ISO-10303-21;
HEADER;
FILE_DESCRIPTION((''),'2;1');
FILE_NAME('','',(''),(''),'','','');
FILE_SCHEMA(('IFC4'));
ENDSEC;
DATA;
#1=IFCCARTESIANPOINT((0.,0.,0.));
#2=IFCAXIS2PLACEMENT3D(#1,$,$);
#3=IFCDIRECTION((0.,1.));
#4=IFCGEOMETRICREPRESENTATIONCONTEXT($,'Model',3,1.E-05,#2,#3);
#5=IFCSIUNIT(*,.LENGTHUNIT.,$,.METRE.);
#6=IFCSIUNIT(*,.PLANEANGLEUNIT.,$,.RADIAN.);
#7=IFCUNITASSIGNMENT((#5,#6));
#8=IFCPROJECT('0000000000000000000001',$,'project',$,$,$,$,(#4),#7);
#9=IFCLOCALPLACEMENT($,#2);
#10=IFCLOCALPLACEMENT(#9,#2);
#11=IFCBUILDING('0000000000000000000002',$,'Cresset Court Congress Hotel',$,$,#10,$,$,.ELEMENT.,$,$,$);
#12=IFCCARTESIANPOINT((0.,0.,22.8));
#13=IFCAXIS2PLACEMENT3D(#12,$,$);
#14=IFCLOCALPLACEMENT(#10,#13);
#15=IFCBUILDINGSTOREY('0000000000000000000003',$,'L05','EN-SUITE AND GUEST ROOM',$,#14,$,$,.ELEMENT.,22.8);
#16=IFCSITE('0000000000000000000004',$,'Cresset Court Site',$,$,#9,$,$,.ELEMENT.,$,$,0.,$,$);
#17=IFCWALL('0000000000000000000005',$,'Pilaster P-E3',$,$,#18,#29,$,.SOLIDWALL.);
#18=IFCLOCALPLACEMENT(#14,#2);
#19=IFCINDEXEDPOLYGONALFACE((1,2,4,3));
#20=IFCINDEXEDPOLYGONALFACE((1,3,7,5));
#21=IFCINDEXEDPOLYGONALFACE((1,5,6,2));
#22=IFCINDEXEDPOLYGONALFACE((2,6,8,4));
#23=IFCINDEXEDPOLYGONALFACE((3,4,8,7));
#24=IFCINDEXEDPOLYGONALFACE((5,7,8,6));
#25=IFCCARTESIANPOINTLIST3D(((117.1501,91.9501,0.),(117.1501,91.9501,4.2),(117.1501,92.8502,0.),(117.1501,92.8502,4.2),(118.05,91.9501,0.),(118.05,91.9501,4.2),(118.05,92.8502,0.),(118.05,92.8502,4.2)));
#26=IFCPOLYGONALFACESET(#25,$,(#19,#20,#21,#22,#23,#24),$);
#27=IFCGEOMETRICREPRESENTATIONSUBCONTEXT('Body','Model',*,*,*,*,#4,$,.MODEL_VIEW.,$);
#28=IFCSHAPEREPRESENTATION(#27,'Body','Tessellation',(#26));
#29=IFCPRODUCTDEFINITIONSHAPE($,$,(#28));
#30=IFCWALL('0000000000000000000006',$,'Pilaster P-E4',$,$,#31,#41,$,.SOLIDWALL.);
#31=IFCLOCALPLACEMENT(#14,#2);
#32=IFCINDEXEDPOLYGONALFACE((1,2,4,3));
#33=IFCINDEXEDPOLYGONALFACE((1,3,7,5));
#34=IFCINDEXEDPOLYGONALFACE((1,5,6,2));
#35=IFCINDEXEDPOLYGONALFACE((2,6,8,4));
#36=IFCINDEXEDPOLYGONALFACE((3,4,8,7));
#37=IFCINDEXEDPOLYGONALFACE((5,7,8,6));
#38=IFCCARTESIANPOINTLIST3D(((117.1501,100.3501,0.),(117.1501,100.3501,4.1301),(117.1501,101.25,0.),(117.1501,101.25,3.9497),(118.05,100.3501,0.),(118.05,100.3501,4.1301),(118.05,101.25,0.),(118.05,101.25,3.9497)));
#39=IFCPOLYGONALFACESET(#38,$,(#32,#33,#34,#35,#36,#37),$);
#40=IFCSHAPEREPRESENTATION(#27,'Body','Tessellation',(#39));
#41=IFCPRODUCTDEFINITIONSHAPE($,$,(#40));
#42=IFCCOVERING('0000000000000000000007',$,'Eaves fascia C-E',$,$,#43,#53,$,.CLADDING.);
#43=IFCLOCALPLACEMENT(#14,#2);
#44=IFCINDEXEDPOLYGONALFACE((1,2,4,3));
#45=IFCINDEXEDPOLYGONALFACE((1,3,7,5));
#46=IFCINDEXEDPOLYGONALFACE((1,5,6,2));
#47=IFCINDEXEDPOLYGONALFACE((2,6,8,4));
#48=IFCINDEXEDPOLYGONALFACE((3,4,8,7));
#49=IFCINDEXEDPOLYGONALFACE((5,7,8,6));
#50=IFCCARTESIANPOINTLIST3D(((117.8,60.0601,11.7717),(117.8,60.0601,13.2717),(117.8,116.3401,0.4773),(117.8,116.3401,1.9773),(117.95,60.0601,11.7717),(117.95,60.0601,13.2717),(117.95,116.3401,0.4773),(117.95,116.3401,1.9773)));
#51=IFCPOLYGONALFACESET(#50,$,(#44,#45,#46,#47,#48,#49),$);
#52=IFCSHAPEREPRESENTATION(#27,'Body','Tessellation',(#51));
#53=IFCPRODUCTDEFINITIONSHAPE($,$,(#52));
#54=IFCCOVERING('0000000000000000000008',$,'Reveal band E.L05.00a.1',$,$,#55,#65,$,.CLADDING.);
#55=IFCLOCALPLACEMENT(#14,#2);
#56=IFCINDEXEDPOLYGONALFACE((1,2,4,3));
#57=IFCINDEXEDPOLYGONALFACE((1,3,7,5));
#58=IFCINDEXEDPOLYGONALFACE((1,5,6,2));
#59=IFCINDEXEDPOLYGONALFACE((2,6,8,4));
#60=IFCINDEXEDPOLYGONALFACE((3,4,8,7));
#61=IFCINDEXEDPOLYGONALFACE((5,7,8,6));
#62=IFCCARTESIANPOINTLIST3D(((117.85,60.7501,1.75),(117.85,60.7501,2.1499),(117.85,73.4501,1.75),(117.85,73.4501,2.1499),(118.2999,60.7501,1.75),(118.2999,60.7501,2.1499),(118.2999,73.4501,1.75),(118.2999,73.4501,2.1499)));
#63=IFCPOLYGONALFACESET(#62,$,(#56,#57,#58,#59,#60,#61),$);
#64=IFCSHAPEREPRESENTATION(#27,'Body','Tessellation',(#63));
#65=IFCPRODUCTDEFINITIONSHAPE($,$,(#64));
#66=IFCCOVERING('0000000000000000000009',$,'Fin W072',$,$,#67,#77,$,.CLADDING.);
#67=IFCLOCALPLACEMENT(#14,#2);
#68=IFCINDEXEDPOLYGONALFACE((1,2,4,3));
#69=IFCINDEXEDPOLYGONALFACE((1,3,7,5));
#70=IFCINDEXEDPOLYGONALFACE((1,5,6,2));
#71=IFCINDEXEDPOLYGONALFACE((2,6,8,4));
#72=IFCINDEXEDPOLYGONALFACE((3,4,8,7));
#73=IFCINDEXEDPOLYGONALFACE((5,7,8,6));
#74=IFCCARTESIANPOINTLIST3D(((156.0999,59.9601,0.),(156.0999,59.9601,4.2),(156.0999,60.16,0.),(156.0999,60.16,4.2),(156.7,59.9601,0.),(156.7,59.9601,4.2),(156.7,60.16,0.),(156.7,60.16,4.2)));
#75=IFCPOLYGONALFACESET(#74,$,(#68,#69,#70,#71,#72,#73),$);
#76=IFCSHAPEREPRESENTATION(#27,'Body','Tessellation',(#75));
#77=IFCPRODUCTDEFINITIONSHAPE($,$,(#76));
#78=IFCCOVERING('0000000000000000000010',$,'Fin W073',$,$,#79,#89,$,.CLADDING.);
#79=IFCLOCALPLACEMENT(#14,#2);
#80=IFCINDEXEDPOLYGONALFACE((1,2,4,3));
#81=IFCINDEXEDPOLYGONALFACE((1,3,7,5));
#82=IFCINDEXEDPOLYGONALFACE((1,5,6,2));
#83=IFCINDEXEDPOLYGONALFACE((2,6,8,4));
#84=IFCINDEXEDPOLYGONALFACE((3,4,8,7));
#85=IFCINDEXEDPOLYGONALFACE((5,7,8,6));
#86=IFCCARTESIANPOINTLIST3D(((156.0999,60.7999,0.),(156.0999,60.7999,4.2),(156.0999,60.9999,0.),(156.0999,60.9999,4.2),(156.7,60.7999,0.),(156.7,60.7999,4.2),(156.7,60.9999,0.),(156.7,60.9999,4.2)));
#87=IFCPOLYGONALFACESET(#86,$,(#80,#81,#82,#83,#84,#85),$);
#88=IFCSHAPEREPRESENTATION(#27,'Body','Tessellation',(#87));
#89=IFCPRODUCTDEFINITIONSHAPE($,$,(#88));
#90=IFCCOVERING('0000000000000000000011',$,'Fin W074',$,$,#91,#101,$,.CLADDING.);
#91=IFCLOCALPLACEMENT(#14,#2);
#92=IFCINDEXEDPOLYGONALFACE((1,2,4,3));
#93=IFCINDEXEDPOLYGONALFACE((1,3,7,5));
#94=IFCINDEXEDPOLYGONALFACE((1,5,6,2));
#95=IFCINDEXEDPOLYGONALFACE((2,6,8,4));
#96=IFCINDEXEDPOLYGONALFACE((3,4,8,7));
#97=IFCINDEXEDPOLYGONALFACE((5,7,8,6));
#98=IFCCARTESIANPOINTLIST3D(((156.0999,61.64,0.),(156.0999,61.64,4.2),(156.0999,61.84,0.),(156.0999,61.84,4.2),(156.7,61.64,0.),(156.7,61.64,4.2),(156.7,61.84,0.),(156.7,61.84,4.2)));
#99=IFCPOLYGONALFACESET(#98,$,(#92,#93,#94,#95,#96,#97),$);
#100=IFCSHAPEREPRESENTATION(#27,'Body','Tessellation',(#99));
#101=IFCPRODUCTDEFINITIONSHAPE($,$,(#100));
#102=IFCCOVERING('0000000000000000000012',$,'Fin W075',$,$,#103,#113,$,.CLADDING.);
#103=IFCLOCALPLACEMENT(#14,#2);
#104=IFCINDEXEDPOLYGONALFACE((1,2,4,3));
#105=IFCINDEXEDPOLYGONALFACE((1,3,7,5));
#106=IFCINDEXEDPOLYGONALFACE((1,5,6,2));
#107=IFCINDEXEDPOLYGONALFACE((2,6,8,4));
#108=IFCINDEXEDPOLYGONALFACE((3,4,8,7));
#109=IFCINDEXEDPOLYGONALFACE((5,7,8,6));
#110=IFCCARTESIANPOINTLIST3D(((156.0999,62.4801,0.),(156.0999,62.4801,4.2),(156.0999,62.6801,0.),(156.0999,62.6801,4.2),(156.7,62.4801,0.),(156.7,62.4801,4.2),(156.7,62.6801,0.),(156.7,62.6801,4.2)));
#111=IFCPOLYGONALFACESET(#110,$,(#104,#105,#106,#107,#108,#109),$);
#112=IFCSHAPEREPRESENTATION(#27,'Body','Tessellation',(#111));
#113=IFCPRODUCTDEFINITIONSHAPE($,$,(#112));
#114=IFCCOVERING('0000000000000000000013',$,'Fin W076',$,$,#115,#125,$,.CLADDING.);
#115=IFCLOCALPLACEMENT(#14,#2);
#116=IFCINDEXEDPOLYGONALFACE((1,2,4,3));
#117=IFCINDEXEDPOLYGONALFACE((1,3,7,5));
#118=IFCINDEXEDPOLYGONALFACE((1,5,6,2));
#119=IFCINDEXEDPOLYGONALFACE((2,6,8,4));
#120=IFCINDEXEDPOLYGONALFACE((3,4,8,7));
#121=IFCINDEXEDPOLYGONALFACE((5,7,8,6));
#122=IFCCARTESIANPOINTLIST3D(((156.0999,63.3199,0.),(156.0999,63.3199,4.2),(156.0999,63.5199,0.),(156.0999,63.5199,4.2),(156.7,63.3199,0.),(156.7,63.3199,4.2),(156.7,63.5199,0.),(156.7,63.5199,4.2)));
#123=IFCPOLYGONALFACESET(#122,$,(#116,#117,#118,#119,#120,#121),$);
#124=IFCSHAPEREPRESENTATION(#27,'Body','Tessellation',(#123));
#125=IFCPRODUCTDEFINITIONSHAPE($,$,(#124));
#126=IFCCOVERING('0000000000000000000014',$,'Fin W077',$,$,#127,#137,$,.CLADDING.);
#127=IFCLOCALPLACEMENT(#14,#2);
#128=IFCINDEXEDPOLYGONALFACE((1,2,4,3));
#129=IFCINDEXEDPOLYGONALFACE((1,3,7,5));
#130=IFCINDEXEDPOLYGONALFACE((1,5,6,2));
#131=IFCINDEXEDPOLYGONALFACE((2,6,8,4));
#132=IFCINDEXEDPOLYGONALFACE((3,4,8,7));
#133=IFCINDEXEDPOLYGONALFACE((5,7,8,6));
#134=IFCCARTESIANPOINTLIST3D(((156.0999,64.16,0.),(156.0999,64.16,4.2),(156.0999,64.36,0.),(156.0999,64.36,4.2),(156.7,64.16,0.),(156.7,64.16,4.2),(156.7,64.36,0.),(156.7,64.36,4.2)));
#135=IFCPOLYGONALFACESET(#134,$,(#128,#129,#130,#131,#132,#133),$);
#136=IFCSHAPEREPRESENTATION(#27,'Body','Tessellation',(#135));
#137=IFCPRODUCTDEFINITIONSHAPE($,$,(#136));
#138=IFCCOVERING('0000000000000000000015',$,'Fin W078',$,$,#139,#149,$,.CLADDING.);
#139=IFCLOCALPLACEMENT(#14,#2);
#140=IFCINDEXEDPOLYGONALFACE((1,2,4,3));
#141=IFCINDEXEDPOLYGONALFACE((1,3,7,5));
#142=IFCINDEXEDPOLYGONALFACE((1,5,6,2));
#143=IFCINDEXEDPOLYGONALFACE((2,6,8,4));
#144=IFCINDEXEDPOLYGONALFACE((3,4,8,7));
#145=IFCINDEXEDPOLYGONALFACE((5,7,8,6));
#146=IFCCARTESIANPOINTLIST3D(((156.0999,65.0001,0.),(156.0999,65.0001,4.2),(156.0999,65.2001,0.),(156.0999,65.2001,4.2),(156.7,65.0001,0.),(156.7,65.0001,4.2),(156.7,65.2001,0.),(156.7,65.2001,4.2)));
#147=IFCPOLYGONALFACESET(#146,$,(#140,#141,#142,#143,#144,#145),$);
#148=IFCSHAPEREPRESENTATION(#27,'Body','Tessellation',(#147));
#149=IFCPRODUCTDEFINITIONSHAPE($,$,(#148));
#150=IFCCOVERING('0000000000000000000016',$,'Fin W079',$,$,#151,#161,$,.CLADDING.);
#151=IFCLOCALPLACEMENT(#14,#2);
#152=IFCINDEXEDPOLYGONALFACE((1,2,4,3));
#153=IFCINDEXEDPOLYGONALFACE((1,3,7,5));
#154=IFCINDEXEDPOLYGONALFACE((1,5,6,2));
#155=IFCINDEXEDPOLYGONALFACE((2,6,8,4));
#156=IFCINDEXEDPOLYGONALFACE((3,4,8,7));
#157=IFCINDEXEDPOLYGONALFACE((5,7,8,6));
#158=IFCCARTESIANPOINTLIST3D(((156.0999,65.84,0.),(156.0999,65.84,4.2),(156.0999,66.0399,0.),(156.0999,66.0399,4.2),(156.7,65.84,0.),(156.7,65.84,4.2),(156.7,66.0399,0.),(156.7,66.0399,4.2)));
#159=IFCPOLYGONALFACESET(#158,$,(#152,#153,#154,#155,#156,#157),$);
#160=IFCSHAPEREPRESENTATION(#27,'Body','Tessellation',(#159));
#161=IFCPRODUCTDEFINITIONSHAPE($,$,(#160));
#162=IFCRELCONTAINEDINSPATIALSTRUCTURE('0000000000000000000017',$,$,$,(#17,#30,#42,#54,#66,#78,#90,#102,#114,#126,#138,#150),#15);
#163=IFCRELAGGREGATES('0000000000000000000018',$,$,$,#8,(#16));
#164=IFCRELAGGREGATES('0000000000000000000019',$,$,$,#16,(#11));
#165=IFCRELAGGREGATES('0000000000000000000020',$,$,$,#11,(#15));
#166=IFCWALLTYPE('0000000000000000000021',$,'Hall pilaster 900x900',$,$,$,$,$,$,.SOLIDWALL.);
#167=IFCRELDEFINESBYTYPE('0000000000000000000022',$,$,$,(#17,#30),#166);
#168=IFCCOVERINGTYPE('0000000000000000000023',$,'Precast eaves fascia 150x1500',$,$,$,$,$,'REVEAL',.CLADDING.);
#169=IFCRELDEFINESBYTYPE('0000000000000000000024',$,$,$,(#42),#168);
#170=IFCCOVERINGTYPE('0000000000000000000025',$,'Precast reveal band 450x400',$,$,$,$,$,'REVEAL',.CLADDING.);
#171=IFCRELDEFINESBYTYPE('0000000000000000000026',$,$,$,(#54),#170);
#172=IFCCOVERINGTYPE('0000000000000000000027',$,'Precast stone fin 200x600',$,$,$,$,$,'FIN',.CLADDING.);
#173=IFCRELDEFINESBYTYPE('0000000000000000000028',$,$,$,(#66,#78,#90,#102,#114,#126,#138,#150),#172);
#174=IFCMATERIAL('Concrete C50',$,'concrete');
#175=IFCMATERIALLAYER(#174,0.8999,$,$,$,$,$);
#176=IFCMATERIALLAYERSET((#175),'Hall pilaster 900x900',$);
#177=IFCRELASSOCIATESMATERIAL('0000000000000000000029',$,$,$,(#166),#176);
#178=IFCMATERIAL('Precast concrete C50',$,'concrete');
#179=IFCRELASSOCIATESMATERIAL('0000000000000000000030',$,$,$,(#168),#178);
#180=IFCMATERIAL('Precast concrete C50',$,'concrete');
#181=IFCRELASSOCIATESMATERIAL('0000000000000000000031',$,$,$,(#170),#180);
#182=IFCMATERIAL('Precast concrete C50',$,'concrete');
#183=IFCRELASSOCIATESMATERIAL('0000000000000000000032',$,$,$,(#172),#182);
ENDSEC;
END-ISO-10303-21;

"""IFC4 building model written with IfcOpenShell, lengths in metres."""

from ifc_helpers import new_model, si_unit, direction, frame, frame_2d, origin, origin_2d, place, context, subcontext, project, spatial, polyline, rectangle, outline, extrude, material, layer, layer_set, type_object, element, save


model = new_model("IFC4")

# Units and contexts
model_context = context("Model", 3, precision=1e-05, world=origin(), true_north=direction((0.0, 1.0)))
body_context = subcontext(model_context, "Body", "Model", "MODEL_VIEW")
ifc_project = project(units=[si_unit("LENGTHUNIT", "METRE"), si_unit("PLANEANGLEUNIT", "RADIAN")], contexts=[model_context])

# Site, building, storey
site_placement = place(None, origin())
site = spatial("IfcSite", under=ifc_project, at=site_placement, Name="Cresset Court Site", CompositionType="ELEMENT", RefElevation=0.0)
building_placement = place(site_placement, origin())
building = spatial("IfcBuilding", under=site, at=building_placement, Name="Cresset Court Congress Hotel", CompositionType="ELEMENT")
storey_placement = place(building_placement, frame((0.0, 0.0, 22.8)))
storey = spatial("IfcBuildingStorey", under=building, at=storey_placement, Name="L05", Description="EN-SUITE AND GUEST ROOM", CompositionType="ELEMENT", Elevation=22.8)

# Walls
ifc_material_1 = material(Name="Concrete C50", Category="concrete")
ifc_layer_1 = layer(ifc_material_1, 0.8999)
ifc_layer_set_1 = layer_set([ifc_layer_1], Name="Hall pilaster 900x900")
wall_type_1 = type_object("IfcWallType", Name="Hall pilaster 900x900", PredefinedType="SOLIDWALL", material=ifc_layer_set_1)
wall_1_placement = place(storey_placement, frame((117.6001, 91.95, 0.0), z_axis=(0.0, 0.0, 1.0), x_axis=(0.0, 1.0, 0.0)))
element("IfcWall", 1, at=wall_1_placement, inside=storey, type_object=wall_type_1, Name="Pilaster P-E3", PredefinedType="SOLIDWALL", context=body_context, shape_type="SweptSolid", body=[
    extrude(rectangle(XDim=0.9001, YDim=0.8999, at=frame_2d((0.4502, 0.0))), origin(), (0.0, 0.0, 1.0), 4.2),
])
wall_2_placement = place(storey_placement, frame((117.6001, 100.3501, 0.0), z_axis=(0.0, 0.0, 1.0), x_axis=(0.0, 1.0, 0.0)))
element("IfcWall", 2, at=wall_2_placement, inside=storey, type_object=wall_type_1, Name="Pilaster P-E4", PredefinedType="SOLIDWALL", context=body_context, shape_type="SweptSolid", body=[
    extrude(outline(polyline([(0.0, 0.0), (0.8999, 0.0), (0.8999, 3.9497), (0.0, 4.1301), (0.0, 0.0)])), frame((0.0, 0.45, 0.0), z_axis=(0.0, -1.0, 0.0), x_axis=(1.0, 0.0, 0.0)), (0.0, 0.0, 1.0), 0.8999),
])

# Coverings
ifc_material_2 = material(Name="Precast concrete C50", Category="concrete")
covering_type_1 = type_object("IfcCoveringType", Name="Precast eaves fascia 150x1500", ElementType="REVEAL", PredefinedType="CLADDING", material=ifc_material_2)
covering_1_placement = place(storey_placement, frame((117.95, 60.0601, 11.7717), z_axis=(1.0, 0.0, 0.0), x_axis=(0.0, 0.980452, -0.19676)))
element("IfcCovering", 3, at=covering_1_placement, inside=storey, type_object=covering_type_1, Name="Eaves fascia C-E", PredefinedType="CLADDING", context=body_context, shape_type="SweptSolid", body=[
    extrude(outline(polyline([(0.0, 0.0), (57.4021, 0.0), (57.107, 1.4707), (-0.2951, 1.4707), (0.0, 0.0)])), origin(), (0.0, 0.0, -1.0), 0.1499),
])
ifc_material_3 = material(Name="Precast concrete C50", Category="concrete")
covering_type_2 = type_object("IfcCoveringType", Name="Precast reveal band 450x400", ElementType="REVEAL", PredefinedType="CLADDING", material=ifc_material_3)
covering_2_placement = place(storey_placement, frame((118.075, 67.1001, 1.75), z_axis=(0.0, 0.0, 1.0), x_axis=(0.0, -1.0, 0.0)))
element("IfcCovering", 4, at=covering_2_placement, inside=storey, type_object=covering_type_2, Name="Reveal band E.L05.00a.1", PredefinedType="CLADDING", context=body_context, shape_type="SweptSolid", body=[
    extrude(rectangle(XDim=12.7, YDim=0.45, at=origin_2d()), origin(), (0.0, 0.0, 1.0), 0.3999),
])
ifc_material_4 = material(Name="Precast concrete C50", Category="concrete")
covering_type_3 = type_object("IfcCoveringType", Name="Precast stone fin 200x600", ElementType="FIN", PredefinedType="CLADDING", material=ifc_material_4)
for number, where, z_axis, x_axis, name in (
    (5, (156.3999, 60.0601, 0.0), (0.0, 0.0, 1.0), (1.0, 0.0, 0.0), "Fin W072"),
    (6, (156.3999, 60.8999, 0.0), (0.0, 0.0, 1.0), (1.0, 0.0, 0.0), "Fin W073"),
    (7, (156.3999, 61.74, 0.0), (0.0, 0.0, 1.0), (1.0, 0.0, 0.0), "Fin W074"),
    (8, (156.3999, 62.5801, 0.0), (0.0, 0.0, 1.0), (1.0, 0.0, 0.0), "Fin W075"),
    (9, (156.3999, 63.4199, 0.0), (0.0, 0.0, 1.0), (1.0, 0.0, 0.0), "Fin W076"),
    (10, (156.3999, 64.26, 0.0), (0.0, 0.0, 1.0), (1.0, 0.0, 0.0), "Fin W077"),
    (11, (156.3999, 65.1001, 0.0), (0.0, 0.0, 1.0), (1.0, 0.0, 0.0), "Fin W078"),
    (12, (156.3999, 65.9399, 0.0), (0.0, 0.0, 1.0), (1.0, 0.0, 0.0), "Fin W079"),
):
    element("IfcCovering", number, at=place(storey_placement, frame(where, z_axis=z_axis, x_axis=x_axis)), inside=storey, type_object=covering_type_3, Name=name, PredefinedType="CLADDING", context=body_context, shape_type="SweptSolid", body=[
        extrude(rectangle(XDim=0.6001, YDim=0.2, at=origin_2d()), origin(), (0.0, 0.0, 1.0), 4.2),
    ])

save(model, "model.ifc")
